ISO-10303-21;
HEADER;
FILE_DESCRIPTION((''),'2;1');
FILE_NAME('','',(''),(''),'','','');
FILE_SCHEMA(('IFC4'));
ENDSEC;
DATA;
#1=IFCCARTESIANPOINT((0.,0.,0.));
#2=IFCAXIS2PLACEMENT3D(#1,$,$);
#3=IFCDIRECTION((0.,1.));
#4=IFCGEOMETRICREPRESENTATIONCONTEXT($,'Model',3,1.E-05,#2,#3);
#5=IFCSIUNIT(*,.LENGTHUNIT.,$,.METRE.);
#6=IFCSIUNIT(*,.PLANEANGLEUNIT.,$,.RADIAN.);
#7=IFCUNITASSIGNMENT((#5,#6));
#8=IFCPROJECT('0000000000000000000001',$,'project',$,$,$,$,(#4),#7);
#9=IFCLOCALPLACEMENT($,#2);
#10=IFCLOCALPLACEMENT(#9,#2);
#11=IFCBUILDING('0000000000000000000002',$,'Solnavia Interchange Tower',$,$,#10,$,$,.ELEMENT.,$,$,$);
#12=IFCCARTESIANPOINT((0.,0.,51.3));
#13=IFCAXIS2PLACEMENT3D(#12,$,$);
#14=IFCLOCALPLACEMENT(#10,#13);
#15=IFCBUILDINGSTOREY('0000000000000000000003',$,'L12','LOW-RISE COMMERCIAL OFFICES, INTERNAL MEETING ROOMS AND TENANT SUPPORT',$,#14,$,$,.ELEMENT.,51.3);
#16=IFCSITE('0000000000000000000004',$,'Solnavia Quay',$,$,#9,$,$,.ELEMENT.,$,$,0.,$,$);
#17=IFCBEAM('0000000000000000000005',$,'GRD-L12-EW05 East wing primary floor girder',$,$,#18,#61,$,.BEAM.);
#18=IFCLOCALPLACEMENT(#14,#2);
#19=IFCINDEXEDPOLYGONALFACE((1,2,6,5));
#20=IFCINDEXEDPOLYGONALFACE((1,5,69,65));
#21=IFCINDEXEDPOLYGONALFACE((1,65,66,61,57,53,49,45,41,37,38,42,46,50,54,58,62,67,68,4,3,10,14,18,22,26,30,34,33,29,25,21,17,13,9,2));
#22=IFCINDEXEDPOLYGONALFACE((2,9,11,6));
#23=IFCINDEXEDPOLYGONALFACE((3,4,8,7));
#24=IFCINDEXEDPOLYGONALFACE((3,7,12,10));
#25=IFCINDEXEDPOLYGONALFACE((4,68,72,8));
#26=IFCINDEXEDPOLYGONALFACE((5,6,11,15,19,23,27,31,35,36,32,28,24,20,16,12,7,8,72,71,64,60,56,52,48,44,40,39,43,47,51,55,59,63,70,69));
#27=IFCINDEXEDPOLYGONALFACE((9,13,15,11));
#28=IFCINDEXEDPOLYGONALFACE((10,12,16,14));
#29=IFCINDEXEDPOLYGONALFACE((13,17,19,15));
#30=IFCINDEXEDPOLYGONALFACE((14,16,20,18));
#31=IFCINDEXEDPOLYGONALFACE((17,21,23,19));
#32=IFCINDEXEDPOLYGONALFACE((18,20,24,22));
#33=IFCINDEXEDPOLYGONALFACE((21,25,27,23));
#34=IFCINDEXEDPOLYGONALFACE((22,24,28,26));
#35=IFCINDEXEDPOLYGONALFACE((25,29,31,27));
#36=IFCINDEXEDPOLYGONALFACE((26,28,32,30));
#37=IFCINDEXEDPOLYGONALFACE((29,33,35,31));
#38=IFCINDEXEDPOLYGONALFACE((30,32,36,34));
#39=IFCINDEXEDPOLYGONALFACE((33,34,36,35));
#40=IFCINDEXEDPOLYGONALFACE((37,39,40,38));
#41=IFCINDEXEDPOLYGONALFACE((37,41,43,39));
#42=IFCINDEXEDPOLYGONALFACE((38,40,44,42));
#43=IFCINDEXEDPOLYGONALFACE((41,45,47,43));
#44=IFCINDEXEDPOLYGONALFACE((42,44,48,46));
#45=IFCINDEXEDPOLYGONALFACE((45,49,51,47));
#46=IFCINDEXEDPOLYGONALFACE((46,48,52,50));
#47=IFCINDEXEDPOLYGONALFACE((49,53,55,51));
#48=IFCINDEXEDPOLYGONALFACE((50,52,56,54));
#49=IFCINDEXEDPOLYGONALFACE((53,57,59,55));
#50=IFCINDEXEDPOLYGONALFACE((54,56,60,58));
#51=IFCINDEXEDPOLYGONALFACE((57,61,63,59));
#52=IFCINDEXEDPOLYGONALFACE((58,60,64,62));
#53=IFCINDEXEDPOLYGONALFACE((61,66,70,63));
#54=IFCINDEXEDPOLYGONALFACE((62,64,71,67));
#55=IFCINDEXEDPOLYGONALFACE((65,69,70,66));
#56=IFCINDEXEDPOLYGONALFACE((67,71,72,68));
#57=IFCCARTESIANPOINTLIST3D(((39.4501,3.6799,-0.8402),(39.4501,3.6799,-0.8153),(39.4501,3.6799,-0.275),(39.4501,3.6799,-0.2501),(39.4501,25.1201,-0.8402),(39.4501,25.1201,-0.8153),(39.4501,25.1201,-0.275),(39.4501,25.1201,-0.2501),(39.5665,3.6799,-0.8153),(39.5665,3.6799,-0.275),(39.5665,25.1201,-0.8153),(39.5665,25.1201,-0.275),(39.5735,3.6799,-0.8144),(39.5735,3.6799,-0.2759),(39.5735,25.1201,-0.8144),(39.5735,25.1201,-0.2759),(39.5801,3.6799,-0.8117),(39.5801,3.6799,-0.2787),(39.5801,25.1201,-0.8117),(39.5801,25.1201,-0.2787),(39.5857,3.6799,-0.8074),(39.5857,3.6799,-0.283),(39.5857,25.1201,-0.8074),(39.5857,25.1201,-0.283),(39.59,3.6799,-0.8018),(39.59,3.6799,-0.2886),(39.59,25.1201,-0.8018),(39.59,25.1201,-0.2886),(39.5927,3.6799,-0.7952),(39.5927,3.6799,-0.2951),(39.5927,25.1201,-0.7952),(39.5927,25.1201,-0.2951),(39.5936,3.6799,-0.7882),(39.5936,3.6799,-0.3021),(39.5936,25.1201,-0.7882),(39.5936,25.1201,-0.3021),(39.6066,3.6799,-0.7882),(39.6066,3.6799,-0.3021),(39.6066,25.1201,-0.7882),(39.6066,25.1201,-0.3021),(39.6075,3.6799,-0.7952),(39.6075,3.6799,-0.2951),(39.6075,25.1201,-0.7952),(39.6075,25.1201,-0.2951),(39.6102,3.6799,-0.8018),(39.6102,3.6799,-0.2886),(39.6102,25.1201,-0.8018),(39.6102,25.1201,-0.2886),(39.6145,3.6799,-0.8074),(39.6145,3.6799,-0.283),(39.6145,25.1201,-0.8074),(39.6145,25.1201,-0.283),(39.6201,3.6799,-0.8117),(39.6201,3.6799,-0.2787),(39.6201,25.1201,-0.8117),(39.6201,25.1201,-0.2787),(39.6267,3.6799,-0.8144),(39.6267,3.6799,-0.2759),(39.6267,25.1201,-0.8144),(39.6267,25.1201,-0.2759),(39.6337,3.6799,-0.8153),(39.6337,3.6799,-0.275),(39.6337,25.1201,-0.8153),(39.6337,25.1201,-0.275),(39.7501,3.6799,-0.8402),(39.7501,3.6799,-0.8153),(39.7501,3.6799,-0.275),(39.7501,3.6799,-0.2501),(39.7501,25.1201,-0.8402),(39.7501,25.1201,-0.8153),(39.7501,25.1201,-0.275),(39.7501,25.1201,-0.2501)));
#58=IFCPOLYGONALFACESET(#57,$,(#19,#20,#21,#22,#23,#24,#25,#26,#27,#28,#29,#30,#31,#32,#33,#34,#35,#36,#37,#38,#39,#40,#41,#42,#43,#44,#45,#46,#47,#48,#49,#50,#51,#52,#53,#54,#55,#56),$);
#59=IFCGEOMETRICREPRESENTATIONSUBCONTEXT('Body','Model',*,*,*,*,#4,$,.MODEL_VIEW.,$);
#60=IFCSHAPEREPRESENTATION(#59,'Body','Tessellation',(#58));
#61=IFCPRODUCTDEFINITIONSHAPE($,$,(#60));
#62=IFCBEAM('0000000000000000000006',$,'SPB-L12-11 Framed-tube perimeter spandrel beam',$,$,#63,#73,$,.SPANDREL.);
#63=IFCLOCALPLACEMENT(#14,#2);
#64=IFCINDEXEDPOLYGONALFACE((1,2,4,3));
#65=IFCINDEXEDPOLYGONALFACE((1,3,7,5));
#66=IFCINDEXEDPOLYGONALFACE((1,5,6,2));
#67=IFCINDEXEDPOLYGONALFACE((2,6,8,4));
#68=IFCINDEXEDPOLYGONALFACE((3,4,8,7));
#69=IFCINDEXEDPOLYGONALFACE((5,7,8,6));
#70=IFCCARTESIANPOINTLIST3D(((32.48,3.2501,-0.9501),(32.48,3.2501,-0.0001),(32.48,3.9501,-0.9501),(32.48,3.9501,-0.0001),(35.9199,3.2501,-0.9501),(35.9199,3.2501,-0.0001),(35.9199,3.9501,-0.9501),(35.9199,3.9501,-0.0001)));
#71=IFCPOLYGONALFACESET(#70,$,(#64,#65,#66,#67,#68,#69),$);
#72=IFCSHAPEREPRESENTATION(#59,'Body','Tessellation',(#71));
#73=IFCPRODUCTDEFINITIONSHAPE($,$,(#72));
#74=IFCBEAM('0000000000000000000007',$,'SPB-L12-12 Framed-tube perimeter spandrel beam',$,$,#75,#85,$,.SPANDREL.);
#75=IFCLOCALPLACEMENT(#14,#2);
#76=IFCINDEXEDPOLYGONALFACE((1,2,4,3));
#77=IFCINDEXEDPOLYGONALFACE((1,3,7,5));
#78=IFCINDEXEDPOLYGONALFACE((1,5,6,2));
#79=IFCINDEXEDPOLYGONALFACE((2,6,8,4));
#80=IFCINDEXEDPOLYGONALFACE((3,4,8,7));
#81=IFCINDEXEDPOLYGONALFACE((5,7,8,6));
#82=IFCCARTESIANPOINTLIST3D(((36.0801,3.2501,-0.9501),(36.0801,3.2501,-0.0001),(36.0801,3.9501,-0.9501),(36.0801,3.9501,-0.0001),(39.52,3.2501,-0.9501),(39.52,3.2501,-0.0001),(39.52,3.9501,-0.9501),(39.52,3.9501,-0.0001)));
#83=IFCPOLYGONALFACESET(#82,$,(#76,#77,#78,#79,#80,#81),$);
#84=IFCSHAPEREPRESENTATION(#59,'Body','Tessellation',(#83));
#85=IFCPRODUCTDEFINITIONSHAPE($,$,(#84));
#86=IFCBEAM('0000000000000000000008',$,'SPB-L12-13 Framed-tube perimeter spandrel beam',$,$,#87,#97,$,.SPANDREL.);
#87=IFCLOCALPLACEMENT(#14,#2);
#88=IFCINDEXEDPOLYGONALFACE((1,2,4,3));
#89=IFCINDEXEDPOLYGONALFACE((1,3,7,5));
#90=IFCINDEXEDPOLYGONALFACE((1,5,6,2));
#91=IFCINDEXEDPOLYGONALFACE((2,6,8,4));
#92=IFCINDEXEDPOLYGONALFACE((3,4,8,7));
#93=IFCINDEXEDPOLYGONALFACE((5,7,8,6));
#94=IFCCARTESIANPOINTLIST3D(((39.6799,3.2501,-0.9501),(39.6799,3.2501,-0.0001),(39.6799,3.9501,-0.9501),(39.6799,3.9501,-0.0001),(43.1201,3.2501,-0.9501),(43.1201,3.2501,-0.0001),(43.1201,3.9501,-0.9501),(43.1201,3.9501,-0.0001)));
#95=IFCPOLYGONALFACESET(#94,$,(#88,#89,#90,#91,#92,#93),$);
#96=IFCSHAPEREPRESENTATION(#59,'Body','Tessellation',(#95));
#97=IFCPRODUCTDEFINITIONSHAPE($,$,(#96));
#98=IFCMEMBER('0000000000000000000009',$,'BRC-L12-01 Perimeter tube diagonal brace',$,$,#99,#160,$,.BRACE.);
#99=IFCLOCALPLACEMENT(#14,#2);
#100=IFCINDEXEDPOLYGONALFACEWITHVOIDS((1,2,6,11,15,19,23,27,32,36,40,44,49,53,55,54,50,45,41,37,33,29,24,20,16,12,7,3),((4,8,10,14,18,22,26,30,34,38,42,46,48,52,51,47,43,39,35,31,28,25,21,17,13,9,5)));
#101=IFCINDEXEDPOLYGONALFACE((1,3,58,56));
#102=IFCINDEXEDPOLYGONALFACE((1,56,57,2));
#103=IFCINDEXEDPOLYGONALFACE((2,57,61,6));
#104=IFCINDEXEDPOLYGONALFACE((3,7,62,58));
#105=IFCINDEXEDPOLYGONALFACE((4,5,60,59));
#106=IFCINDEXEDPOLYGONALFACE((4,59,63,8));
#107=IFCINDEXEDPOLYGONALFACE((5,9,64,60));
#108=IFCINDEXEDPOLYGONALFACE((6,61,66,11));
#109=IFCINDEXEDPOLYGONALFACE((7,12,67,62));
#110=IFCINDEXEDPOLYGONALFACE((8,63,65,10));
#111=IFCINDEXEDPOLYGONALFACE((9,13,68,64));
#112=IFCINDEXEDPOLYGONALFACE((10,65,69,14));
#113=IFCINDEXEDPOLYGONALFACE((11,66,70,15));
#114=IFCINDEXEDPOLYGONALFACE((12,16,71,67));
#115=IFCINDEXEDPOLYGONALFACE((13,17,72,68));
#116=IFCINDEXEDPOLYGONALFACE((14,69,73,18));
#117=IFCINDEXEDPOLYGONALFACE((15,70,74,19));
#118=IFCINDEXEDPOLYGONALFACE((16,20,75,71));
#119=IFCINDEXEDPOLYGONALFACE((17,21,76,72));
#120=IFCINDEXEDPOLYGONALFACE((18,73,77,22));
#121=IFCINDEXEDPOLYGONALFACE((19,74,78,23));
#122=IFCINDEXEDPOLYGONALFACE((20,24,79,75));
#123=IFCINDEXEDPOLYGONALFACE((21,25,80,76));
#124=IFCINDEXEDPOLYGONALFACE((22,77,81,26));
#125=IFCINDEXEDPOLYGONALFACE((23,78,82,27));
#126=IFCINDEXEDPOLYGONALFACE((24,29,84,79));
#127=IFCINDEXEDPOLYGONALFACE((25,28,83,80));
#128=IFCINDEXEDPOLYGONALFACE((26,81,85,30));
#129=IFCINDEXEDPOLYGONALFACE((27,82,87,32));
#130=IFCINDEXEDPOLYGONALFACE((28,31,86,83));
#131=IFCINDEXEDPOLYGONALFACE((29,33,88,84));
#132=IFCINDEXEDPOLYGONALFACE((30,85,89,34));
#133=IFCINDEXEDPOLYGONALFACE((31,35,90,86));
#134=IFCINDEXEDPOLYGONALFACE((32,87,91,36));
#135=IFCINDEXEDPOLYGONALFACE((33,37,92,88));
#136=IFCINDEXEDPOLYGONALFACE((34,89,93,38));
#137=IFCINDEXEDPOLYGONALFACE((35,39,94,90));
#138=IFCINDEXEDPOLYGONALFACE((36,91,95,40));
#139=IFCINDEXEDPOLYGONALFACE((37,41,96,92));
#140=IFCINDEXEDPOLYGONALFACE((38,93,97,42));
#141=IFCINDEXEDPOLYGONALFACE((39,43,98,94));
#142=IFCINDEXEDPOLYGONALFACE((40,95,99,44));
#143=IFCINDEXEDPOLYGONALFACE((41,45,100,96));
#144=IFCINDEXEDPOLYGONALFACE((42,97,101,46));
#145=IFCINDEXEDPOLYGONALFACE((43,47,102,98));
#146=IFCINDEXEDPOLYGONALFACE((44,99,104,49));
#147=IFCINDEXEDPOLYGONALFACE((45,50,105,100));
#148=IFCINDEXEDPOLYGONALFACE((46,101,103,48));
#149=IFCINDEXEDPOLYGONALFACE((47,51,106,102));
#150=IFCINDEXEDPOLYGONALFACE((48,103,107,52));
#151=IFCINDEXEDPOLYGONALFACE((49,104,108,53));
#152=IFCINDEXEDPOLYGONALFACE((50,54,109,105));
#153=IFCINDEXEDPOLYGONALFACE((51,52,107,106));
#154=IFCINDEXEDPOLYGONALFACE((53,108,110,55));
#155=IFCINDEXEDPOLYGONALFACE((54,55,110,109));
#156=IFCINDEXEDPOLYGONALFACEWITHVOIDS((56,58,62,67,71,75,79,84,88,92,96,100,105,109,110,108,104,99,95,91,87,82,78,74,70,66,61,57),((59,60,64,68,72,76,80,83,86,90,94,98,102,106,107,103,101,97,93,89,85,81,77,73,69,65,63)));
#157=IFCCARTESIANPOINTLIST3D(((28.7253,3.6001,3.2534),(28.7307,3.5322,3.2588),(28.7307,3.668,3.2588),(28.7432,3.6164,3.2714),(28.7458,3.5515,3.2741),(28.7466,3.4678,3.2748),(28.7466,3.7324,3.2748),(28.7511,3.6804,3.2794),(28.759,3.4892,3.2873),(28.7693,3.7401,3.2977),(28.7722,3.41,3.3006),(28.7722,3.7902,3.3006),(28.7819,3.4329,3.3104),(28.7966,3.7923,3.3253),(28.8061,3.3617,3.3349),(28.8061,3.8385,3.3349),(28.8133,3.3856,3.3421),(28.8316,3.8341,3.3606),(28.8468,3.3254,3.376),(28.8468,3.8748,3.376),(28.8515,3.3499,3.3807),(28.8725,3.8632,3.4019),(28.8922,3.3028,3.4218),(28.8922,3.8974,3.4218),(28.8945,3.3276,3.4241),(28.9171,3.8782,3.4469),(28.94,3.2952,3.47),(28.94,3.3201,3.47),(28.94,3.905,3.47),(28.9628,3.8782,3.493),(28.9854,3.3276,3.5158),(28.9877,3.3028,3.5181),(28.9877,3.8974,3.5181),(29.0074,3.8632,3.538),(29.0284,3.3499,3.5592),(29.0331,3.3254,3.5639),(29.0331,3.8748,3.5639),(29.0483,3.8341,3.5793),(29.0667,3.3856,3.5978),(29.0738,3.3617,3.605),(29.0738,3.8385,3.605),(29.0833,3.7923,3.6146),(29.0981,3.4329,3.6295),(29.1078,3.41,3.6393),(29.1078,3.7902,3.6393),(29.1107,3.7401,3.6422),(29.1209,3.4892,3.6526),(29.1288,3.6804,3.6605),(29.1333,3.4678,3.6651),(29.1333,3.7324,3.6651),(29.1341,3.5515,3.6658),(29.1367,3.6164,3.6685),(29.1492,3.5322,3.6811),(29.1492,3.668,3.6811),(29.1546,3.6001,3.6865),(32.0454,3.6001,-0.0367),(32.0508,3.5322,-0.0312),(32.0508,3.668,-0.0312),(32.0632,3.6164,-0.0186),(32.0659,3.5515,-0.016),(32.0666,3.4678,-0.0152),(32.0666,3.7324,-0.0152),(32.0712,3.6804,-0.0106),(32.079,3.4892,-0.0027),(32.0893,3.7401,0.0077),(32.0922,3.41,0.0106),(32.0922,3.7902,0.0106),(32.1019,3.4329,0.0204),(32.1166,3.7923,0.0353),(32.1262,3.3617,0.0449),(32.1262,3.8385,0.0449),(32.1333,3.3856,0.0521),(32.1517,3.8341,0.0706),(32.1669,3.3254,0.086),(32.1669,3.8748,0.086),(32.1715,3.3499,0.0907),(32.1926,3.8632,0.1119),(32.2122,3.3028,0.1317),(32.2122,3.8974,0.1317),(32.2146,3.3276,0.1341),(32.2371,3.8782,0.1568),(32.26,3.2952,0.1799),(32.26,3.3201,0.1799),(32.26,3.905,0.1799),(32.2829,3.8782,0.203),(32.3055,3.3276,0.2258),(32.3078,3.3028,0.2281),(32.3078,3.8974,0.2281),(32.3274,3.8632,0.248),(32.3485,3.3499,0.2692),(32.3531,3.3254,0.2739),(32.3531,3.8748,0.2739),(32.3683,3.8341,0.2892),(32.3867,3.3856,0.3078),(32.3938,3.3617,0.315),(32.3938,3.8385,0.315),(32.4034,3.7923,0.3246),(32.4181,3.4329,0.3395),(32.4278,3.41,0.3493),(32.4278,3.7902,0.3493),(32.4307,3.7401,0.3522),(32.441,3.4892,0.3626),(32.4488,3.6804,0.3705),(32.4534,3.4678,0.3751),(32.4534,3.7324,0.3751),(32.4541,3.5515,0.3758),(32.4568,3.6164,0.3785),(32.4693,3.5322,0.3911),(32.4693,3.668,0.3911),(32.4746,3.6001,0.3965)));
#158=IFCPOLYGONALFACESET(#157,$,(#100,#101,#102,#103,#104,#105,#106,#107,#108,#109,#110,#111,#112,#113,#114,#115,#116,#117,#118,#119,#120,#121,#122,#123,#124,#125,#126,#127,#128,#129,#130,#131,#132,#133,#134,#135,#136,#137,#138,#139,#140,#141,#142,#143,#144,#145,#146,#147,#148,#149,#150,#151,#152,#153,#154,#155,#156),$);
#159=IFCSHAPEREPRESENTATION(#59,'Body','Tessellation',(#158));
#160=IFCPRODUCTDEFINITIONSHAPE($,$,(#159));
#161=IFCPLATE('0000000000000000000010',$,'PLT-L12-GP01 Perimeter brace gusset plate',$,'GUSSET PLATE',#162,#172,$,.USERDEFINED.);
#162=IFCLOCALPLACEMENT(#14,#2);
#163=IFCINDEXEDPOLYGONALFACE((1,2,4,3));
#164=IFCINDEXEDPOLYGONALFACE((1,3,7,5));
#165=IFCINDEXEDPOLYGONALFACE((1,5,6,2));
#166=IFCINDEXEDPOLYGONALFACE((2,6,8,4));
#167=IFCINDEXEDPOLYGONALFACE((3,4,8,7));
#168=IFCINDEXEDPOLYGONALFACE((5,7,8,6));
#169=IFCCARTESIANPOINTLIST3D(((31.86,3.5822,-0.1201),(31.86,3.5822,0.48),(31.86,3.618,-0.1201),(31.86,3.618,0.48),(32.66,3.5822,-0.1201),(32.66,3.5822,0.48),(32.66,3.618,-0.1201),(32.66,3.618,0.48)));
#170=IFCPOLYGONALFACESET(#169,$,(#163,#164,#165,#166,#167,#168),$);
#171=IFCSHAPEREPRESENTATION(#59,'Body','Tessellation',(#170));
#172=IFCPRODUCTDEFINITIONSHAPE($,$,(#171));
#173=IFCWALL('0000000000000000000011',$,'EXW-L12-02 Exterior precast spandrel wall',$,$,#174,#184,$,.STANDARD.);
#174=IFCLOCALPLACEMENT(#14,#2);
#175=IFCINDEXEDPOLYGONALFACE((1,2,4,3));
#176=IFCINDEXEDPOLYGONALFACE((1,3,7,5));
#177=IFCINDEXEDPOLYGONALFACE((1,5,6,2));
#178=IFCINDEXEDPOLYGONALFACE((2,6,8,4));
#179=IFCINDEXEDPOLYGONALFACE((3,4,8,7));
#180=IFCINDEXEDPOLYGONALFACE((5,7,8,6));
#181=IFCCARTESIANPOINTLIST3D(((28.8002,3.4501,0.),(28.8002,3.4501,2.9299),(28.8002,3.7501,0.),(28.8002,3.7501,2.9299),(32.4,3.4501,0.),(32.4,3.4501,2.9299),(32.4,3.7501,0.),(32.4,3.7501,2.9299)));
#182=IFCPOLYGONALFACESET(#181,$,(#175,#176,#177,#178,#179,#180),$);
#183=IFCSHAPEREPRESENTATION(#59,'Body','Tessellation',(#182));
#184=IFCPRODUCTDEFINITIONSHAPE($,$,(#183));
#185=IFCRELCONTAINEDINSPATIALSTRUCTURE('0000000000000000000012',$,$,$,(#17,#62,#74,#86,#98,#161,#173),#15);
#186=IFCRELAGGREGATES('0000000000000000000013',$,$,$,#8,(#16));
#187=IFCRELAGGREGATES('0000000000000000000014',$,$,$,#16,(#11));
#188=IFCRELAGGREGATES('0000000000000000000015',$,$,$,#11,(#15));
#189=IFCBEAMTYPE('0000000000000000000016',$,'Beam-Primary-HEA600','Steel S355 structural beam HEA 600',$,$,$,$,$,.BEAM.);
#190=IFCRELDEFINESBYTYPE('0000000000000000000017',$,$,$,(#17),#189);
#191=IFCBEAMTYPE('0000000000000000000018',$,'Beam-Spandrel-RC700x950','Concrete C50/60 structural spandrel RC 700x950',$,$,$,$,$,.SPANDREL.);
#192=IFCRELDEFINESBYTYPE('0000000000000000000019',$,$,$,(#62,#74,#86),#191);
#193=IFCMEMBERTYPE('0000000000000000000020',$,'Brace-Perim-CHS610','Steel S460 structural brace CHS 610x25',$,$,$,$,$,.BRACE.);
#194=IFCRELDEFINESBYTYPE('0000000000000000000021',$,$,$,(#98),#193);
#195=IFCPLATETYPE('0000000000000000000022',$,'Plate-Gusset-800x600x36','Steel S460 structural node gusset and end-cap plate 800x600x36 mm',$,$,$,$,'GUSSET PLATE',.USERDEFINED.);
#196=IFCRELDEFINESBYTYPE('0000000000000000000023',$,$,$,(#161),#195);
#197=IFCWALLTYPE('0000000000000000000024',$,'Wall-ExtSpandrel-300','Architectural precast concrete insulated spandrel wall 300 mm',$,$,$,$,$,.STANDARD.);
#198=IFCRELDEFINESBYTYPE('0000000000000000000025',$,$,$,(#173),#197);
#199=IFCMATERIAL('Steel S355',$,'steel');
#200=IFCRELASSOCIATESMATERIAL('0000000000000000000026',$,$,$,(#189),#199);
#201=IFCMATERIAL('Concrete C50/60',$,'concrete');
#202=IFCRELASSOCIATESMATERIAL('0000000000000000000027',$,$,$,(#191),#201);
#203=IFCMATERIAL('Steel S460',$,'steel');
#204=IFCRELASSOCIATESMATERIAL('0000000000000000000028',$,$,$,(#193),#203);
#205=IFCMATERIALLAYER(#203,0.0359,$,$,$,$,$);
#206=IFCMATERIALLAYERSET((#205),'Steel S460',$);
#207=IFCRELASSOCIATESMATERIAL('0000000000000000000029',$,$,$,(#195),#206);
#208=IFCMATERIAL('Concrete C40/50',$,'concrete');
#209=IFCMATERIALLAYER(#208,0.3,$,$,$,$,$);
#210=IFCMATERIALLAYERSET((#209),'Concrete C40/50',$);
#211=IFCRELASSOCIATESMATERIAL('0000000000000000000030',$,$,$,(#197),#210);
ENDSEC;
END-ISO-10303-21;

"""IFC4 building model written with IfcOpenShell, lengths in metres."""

from ifc_helpers import new_model, si_unit, direction, frame, frame_2d, origin, origin_2d, place, context, subcontext, project, spatial, rectangle, hollow_circle, i_section, extrude, material, layer, layer_set, material_profile, profile_set, type_object, element, save


model = new_model("IFC4")

# Units and contexts
model_context = context("Model", 3, precision=1e-05, world=origin(), true_north=direction((0.0, 1.0)))
body_context = subcontext(model_context, "Body", "Model", "MODEL_VIEW")
ifc_project = project(units=[si_unit("LENGTHUNIT", "METRE"), si_unit("PLANEANGLEUNIT", "RADIAN")], contexts=[model_context])

# Site, building, storey
site_placement = place(None, origin())
site = spatial("IfcSite", under=ifc_project, at=site_placement, Name="Solnavia Quay", CompositionType="ELEMENT", RefElevation=0.0)
building_placement = place(site_placement, origin())
building = spatial("IfcBuilding", under=site, at=building_placement, Name="Solnavia Interchange Tower", CompositionType="ELEMENT")
storey_placement = place(building_placement, frame((0.0, 0.0, 51.3)))
storey = spatial("IfcBuildingStorey", under=building, at=storey_placement, Name="L12", Description="LOW-RISE COMMERCIAL OFFICES, INTERNAL MEETING ROOMS AND TENANT SUPPORT", CompositionType="ELEMENT", Elevation=51.3)

# Shared definitions
ifc_material_1 = material(Name="Steel S355", Category="steel")

# Beams
ifc_material_2 = material(Name="Concrete C50/60", Category="concrete")
ifc_material_3 = material(Name="Steel S460", Category="steel")
ifc_material_profile_1 = material_profile(ifc_material_1, i_section(OverallWidth=0.3, OverallDepth=0.5901, WebThickness=0.0129, FlangeThickness=0.0249, FilletRadius=0.0271, at=origin_2d()), Name="HEA 600")
ifc_profile_set_1 = profile_set([ifc_material_profile_1], Name="Steel S355")
beam_type_1 = type_object("IfcBeamType", Name="Beam-Primary-HEA600", Description="Steel S355 structural beam HEA 600", PredefinedType="BEAM", material=ifc_profile_set_1)
beam_1_placement = place(storey_placement, frame((39.6001, 3.6799, -0.5452), z_axis=(0.0, 1.0, 0.0), x_axis=(-1.0, 0.0, 0.0)))
element("IfcBeam", 1, at=beam_1_placement, inside=storey, type_object=beam_type_1, Name="GRD-L12-EW05 East wing primary floor girder", PredefinedType="BEAM", context=body_context, shape_type="SweptSolid", body=[
    extrude(i_section(OverallWidth=0.3, OverallDepth=0.5901, WebThickness=0.0129, FlangeThickness=0.0249, FilletRadius=0.0271, at=origin_2d()), origin(), (0.0, 0.0, 1.0), 21.4402),
])
ifc_material_profile_2 = material_profile(ifc_material_2, rectangle(XDim=0.7, YDim=0.95, at=origin_2d()), Name="RC 700x950")
ifc_profile_set_2 = profile_set([ifc_material_profile_2], Name="Concrete C50/60")
beam_type_2 = type_object("IfcBeamType", Name="Beam-Spandrel-RC700x950", Description="Concrete C50/60 structural spandrel RC 700x950", PredefinedType="SPANDREL", material=ifc_profile_set_2)
for number, where, z_axis, x_axis, name in (
    (2, (32.48, 3.6001, -0.4751), (1.0, 0.0, 0.0), (0.0, 1.0, 0.0), "SPB-L12-11 Framed-tube perimeter spandrel beam"),
    (3, (36.0801, 3.6001, -0.4751), (1.0, 0.0, 0.0), (0.0, 1.0, 0.0), "SPB-L12-12 Framed-tube perimeter spandrel beam"),
):
    element("IfcBeam", number, at=place(storey_placement, frame(where, z_axis=z_axis, x_axis=x_axis)), inside=storey, type_object=beam_type_2, Name=name, PredefinedType="SPANDREL", context=body_context, shape_type="SweptSolid", body=[
        extrude(rectangle(XDim=0.7, YDim=0.95, at=origin_2d()), origin(), (0.0, 0.0, 1.0), 3.4399),
    ])
beam_2_placement = place(storey_placement, frame((39.6799, 3.6001, -0.4751), z_axis=(1.0, 0.0, 0.0), x_axis=(0.0, 1.0, 0.0)))
element("IfcBeam", 4, at=beam_2_placement, inside=storey, type_object=beam_type_2, Name="SPB-L12-13 Framed-tube perimeter spandrel beam", PredefinedType="SPANDREL", context=body_context, shape_type="SweptSolid", body=[
    extrude(rectangle(XDim=0.7, YDim=0.95, at=origin_2d()), origin(), (0.0, 0.0, 1.0), 3.4402),
])

# Member
ifc_material_profile_3 = material_profile(ifc_material_3, hollow_circle(Radius=0.3049, WallThickness=0.0249, at=origin_2d()), Name="CHS 610x25")
ifc_profile_set_3 = profile_set([ifc_material_profile_3], Name="Steel S460")
member_type = type_object("IfcMemberType", Name="Brace-Perim-CHS610", Description="Steel S460 structural brace CHS 610x25", PredefinedType="BRACE", material=ifc_profile_set_3)
member_placement = place(storey_placement, frame((32.26, 3.6001, 0.1799), z_axis=(-0.710312, 0.0, 0.703887), x_axis=(0.0, -1.0, 0.0)))
element("IfcMember", 5, at=member_placement, inside=storey, type_object=member_type, Name="BRC-L12-01 Perimeter tube diagonal brace", PredefinedType="BRACE", context=body_context, shape_type="SweptSolid", body=[
    extrude(hollow_circle(Radius=0.3049, WallThickness=0.0249, at=origin_2d()), origin(), (0.0, 0.0, 1.0), 4.6741),
])

# Plate
ifc_layer_1 = layer(ifc_material_3, 0.0359)
ifc_layer_set_1 = layer_set([ifc_layer_1], Name="Steel S460")
plate_type = type_object("IfcPlateType", Name="Plate-Gusset-800x600x36", Description="Steel S460 structural node gusset and end-cap plate 800x600x36 mm", ElementType="GUSSET PLATE", PredefinedType="USERDEFINED", material=ifc_layer_set_1)
plate_placement = place(storey_placement, frame((32.26, 3.6001, -0.1201), z_axis=(0.0, 0.0, 1.0), x_axis=(-1.0, 0.0, 0.0)))
element("IfcPlate", 6, at=plate_placement, inside=storey, type_object=plate_type, Name="PLT-L12-GP01 Perimeter brace gusset plate", ObjectType="GUSSET PLATE", PredefinedType="USERDEFINED", context=body_context, shape_type="SweptSolid", body=[
    extrude(rectangle(XDim=0.8, YDim=0.0359, at=origin_2d()), origin(), (0.0, 0.0, 1.0), 0.6001),
])

# Wall
ifc_material_4 = material(Name="Concrete C40/50", Category="concrete")
ifc_layer_2 = layer(ifc_material_4, 0.3)
ifc_layer_set_2 = layer_set([ifc_layer_2], Name="Concrete C40/50")
wall_type_1 = type_object("IfcWallType", Name="Wall-ExtSpandrel-300", Description="Architectural precast concrete insulated spandrel wall 300 mm", PredefinedType="STANDARD", material=ifc_layer_set_2)
wall_1_placement = place(storey_placement, frame((32.3999, 3.6001, 0.0), z_axis=(0.0, 0.0, 1.0), x_axis=(-1.0, 0.0, 0.0)))
element("IfcWall", 7, at=wall_1_placement, inside=storey, type_object=wall_type_1, Name="EXW-L12-02 Exterior precast spandrel wall", PredefinedType="STANDARD", context=body_context, shape_type="SweptSolid", body=[
    extrude(rectangle(XDim=3.5999, YDim=0.3, at=frame_2d((1.7998, 0.0))), origin(), (0.0, 0.0, 1.0), 2.9299),
])

save(model, "model.ifc")
